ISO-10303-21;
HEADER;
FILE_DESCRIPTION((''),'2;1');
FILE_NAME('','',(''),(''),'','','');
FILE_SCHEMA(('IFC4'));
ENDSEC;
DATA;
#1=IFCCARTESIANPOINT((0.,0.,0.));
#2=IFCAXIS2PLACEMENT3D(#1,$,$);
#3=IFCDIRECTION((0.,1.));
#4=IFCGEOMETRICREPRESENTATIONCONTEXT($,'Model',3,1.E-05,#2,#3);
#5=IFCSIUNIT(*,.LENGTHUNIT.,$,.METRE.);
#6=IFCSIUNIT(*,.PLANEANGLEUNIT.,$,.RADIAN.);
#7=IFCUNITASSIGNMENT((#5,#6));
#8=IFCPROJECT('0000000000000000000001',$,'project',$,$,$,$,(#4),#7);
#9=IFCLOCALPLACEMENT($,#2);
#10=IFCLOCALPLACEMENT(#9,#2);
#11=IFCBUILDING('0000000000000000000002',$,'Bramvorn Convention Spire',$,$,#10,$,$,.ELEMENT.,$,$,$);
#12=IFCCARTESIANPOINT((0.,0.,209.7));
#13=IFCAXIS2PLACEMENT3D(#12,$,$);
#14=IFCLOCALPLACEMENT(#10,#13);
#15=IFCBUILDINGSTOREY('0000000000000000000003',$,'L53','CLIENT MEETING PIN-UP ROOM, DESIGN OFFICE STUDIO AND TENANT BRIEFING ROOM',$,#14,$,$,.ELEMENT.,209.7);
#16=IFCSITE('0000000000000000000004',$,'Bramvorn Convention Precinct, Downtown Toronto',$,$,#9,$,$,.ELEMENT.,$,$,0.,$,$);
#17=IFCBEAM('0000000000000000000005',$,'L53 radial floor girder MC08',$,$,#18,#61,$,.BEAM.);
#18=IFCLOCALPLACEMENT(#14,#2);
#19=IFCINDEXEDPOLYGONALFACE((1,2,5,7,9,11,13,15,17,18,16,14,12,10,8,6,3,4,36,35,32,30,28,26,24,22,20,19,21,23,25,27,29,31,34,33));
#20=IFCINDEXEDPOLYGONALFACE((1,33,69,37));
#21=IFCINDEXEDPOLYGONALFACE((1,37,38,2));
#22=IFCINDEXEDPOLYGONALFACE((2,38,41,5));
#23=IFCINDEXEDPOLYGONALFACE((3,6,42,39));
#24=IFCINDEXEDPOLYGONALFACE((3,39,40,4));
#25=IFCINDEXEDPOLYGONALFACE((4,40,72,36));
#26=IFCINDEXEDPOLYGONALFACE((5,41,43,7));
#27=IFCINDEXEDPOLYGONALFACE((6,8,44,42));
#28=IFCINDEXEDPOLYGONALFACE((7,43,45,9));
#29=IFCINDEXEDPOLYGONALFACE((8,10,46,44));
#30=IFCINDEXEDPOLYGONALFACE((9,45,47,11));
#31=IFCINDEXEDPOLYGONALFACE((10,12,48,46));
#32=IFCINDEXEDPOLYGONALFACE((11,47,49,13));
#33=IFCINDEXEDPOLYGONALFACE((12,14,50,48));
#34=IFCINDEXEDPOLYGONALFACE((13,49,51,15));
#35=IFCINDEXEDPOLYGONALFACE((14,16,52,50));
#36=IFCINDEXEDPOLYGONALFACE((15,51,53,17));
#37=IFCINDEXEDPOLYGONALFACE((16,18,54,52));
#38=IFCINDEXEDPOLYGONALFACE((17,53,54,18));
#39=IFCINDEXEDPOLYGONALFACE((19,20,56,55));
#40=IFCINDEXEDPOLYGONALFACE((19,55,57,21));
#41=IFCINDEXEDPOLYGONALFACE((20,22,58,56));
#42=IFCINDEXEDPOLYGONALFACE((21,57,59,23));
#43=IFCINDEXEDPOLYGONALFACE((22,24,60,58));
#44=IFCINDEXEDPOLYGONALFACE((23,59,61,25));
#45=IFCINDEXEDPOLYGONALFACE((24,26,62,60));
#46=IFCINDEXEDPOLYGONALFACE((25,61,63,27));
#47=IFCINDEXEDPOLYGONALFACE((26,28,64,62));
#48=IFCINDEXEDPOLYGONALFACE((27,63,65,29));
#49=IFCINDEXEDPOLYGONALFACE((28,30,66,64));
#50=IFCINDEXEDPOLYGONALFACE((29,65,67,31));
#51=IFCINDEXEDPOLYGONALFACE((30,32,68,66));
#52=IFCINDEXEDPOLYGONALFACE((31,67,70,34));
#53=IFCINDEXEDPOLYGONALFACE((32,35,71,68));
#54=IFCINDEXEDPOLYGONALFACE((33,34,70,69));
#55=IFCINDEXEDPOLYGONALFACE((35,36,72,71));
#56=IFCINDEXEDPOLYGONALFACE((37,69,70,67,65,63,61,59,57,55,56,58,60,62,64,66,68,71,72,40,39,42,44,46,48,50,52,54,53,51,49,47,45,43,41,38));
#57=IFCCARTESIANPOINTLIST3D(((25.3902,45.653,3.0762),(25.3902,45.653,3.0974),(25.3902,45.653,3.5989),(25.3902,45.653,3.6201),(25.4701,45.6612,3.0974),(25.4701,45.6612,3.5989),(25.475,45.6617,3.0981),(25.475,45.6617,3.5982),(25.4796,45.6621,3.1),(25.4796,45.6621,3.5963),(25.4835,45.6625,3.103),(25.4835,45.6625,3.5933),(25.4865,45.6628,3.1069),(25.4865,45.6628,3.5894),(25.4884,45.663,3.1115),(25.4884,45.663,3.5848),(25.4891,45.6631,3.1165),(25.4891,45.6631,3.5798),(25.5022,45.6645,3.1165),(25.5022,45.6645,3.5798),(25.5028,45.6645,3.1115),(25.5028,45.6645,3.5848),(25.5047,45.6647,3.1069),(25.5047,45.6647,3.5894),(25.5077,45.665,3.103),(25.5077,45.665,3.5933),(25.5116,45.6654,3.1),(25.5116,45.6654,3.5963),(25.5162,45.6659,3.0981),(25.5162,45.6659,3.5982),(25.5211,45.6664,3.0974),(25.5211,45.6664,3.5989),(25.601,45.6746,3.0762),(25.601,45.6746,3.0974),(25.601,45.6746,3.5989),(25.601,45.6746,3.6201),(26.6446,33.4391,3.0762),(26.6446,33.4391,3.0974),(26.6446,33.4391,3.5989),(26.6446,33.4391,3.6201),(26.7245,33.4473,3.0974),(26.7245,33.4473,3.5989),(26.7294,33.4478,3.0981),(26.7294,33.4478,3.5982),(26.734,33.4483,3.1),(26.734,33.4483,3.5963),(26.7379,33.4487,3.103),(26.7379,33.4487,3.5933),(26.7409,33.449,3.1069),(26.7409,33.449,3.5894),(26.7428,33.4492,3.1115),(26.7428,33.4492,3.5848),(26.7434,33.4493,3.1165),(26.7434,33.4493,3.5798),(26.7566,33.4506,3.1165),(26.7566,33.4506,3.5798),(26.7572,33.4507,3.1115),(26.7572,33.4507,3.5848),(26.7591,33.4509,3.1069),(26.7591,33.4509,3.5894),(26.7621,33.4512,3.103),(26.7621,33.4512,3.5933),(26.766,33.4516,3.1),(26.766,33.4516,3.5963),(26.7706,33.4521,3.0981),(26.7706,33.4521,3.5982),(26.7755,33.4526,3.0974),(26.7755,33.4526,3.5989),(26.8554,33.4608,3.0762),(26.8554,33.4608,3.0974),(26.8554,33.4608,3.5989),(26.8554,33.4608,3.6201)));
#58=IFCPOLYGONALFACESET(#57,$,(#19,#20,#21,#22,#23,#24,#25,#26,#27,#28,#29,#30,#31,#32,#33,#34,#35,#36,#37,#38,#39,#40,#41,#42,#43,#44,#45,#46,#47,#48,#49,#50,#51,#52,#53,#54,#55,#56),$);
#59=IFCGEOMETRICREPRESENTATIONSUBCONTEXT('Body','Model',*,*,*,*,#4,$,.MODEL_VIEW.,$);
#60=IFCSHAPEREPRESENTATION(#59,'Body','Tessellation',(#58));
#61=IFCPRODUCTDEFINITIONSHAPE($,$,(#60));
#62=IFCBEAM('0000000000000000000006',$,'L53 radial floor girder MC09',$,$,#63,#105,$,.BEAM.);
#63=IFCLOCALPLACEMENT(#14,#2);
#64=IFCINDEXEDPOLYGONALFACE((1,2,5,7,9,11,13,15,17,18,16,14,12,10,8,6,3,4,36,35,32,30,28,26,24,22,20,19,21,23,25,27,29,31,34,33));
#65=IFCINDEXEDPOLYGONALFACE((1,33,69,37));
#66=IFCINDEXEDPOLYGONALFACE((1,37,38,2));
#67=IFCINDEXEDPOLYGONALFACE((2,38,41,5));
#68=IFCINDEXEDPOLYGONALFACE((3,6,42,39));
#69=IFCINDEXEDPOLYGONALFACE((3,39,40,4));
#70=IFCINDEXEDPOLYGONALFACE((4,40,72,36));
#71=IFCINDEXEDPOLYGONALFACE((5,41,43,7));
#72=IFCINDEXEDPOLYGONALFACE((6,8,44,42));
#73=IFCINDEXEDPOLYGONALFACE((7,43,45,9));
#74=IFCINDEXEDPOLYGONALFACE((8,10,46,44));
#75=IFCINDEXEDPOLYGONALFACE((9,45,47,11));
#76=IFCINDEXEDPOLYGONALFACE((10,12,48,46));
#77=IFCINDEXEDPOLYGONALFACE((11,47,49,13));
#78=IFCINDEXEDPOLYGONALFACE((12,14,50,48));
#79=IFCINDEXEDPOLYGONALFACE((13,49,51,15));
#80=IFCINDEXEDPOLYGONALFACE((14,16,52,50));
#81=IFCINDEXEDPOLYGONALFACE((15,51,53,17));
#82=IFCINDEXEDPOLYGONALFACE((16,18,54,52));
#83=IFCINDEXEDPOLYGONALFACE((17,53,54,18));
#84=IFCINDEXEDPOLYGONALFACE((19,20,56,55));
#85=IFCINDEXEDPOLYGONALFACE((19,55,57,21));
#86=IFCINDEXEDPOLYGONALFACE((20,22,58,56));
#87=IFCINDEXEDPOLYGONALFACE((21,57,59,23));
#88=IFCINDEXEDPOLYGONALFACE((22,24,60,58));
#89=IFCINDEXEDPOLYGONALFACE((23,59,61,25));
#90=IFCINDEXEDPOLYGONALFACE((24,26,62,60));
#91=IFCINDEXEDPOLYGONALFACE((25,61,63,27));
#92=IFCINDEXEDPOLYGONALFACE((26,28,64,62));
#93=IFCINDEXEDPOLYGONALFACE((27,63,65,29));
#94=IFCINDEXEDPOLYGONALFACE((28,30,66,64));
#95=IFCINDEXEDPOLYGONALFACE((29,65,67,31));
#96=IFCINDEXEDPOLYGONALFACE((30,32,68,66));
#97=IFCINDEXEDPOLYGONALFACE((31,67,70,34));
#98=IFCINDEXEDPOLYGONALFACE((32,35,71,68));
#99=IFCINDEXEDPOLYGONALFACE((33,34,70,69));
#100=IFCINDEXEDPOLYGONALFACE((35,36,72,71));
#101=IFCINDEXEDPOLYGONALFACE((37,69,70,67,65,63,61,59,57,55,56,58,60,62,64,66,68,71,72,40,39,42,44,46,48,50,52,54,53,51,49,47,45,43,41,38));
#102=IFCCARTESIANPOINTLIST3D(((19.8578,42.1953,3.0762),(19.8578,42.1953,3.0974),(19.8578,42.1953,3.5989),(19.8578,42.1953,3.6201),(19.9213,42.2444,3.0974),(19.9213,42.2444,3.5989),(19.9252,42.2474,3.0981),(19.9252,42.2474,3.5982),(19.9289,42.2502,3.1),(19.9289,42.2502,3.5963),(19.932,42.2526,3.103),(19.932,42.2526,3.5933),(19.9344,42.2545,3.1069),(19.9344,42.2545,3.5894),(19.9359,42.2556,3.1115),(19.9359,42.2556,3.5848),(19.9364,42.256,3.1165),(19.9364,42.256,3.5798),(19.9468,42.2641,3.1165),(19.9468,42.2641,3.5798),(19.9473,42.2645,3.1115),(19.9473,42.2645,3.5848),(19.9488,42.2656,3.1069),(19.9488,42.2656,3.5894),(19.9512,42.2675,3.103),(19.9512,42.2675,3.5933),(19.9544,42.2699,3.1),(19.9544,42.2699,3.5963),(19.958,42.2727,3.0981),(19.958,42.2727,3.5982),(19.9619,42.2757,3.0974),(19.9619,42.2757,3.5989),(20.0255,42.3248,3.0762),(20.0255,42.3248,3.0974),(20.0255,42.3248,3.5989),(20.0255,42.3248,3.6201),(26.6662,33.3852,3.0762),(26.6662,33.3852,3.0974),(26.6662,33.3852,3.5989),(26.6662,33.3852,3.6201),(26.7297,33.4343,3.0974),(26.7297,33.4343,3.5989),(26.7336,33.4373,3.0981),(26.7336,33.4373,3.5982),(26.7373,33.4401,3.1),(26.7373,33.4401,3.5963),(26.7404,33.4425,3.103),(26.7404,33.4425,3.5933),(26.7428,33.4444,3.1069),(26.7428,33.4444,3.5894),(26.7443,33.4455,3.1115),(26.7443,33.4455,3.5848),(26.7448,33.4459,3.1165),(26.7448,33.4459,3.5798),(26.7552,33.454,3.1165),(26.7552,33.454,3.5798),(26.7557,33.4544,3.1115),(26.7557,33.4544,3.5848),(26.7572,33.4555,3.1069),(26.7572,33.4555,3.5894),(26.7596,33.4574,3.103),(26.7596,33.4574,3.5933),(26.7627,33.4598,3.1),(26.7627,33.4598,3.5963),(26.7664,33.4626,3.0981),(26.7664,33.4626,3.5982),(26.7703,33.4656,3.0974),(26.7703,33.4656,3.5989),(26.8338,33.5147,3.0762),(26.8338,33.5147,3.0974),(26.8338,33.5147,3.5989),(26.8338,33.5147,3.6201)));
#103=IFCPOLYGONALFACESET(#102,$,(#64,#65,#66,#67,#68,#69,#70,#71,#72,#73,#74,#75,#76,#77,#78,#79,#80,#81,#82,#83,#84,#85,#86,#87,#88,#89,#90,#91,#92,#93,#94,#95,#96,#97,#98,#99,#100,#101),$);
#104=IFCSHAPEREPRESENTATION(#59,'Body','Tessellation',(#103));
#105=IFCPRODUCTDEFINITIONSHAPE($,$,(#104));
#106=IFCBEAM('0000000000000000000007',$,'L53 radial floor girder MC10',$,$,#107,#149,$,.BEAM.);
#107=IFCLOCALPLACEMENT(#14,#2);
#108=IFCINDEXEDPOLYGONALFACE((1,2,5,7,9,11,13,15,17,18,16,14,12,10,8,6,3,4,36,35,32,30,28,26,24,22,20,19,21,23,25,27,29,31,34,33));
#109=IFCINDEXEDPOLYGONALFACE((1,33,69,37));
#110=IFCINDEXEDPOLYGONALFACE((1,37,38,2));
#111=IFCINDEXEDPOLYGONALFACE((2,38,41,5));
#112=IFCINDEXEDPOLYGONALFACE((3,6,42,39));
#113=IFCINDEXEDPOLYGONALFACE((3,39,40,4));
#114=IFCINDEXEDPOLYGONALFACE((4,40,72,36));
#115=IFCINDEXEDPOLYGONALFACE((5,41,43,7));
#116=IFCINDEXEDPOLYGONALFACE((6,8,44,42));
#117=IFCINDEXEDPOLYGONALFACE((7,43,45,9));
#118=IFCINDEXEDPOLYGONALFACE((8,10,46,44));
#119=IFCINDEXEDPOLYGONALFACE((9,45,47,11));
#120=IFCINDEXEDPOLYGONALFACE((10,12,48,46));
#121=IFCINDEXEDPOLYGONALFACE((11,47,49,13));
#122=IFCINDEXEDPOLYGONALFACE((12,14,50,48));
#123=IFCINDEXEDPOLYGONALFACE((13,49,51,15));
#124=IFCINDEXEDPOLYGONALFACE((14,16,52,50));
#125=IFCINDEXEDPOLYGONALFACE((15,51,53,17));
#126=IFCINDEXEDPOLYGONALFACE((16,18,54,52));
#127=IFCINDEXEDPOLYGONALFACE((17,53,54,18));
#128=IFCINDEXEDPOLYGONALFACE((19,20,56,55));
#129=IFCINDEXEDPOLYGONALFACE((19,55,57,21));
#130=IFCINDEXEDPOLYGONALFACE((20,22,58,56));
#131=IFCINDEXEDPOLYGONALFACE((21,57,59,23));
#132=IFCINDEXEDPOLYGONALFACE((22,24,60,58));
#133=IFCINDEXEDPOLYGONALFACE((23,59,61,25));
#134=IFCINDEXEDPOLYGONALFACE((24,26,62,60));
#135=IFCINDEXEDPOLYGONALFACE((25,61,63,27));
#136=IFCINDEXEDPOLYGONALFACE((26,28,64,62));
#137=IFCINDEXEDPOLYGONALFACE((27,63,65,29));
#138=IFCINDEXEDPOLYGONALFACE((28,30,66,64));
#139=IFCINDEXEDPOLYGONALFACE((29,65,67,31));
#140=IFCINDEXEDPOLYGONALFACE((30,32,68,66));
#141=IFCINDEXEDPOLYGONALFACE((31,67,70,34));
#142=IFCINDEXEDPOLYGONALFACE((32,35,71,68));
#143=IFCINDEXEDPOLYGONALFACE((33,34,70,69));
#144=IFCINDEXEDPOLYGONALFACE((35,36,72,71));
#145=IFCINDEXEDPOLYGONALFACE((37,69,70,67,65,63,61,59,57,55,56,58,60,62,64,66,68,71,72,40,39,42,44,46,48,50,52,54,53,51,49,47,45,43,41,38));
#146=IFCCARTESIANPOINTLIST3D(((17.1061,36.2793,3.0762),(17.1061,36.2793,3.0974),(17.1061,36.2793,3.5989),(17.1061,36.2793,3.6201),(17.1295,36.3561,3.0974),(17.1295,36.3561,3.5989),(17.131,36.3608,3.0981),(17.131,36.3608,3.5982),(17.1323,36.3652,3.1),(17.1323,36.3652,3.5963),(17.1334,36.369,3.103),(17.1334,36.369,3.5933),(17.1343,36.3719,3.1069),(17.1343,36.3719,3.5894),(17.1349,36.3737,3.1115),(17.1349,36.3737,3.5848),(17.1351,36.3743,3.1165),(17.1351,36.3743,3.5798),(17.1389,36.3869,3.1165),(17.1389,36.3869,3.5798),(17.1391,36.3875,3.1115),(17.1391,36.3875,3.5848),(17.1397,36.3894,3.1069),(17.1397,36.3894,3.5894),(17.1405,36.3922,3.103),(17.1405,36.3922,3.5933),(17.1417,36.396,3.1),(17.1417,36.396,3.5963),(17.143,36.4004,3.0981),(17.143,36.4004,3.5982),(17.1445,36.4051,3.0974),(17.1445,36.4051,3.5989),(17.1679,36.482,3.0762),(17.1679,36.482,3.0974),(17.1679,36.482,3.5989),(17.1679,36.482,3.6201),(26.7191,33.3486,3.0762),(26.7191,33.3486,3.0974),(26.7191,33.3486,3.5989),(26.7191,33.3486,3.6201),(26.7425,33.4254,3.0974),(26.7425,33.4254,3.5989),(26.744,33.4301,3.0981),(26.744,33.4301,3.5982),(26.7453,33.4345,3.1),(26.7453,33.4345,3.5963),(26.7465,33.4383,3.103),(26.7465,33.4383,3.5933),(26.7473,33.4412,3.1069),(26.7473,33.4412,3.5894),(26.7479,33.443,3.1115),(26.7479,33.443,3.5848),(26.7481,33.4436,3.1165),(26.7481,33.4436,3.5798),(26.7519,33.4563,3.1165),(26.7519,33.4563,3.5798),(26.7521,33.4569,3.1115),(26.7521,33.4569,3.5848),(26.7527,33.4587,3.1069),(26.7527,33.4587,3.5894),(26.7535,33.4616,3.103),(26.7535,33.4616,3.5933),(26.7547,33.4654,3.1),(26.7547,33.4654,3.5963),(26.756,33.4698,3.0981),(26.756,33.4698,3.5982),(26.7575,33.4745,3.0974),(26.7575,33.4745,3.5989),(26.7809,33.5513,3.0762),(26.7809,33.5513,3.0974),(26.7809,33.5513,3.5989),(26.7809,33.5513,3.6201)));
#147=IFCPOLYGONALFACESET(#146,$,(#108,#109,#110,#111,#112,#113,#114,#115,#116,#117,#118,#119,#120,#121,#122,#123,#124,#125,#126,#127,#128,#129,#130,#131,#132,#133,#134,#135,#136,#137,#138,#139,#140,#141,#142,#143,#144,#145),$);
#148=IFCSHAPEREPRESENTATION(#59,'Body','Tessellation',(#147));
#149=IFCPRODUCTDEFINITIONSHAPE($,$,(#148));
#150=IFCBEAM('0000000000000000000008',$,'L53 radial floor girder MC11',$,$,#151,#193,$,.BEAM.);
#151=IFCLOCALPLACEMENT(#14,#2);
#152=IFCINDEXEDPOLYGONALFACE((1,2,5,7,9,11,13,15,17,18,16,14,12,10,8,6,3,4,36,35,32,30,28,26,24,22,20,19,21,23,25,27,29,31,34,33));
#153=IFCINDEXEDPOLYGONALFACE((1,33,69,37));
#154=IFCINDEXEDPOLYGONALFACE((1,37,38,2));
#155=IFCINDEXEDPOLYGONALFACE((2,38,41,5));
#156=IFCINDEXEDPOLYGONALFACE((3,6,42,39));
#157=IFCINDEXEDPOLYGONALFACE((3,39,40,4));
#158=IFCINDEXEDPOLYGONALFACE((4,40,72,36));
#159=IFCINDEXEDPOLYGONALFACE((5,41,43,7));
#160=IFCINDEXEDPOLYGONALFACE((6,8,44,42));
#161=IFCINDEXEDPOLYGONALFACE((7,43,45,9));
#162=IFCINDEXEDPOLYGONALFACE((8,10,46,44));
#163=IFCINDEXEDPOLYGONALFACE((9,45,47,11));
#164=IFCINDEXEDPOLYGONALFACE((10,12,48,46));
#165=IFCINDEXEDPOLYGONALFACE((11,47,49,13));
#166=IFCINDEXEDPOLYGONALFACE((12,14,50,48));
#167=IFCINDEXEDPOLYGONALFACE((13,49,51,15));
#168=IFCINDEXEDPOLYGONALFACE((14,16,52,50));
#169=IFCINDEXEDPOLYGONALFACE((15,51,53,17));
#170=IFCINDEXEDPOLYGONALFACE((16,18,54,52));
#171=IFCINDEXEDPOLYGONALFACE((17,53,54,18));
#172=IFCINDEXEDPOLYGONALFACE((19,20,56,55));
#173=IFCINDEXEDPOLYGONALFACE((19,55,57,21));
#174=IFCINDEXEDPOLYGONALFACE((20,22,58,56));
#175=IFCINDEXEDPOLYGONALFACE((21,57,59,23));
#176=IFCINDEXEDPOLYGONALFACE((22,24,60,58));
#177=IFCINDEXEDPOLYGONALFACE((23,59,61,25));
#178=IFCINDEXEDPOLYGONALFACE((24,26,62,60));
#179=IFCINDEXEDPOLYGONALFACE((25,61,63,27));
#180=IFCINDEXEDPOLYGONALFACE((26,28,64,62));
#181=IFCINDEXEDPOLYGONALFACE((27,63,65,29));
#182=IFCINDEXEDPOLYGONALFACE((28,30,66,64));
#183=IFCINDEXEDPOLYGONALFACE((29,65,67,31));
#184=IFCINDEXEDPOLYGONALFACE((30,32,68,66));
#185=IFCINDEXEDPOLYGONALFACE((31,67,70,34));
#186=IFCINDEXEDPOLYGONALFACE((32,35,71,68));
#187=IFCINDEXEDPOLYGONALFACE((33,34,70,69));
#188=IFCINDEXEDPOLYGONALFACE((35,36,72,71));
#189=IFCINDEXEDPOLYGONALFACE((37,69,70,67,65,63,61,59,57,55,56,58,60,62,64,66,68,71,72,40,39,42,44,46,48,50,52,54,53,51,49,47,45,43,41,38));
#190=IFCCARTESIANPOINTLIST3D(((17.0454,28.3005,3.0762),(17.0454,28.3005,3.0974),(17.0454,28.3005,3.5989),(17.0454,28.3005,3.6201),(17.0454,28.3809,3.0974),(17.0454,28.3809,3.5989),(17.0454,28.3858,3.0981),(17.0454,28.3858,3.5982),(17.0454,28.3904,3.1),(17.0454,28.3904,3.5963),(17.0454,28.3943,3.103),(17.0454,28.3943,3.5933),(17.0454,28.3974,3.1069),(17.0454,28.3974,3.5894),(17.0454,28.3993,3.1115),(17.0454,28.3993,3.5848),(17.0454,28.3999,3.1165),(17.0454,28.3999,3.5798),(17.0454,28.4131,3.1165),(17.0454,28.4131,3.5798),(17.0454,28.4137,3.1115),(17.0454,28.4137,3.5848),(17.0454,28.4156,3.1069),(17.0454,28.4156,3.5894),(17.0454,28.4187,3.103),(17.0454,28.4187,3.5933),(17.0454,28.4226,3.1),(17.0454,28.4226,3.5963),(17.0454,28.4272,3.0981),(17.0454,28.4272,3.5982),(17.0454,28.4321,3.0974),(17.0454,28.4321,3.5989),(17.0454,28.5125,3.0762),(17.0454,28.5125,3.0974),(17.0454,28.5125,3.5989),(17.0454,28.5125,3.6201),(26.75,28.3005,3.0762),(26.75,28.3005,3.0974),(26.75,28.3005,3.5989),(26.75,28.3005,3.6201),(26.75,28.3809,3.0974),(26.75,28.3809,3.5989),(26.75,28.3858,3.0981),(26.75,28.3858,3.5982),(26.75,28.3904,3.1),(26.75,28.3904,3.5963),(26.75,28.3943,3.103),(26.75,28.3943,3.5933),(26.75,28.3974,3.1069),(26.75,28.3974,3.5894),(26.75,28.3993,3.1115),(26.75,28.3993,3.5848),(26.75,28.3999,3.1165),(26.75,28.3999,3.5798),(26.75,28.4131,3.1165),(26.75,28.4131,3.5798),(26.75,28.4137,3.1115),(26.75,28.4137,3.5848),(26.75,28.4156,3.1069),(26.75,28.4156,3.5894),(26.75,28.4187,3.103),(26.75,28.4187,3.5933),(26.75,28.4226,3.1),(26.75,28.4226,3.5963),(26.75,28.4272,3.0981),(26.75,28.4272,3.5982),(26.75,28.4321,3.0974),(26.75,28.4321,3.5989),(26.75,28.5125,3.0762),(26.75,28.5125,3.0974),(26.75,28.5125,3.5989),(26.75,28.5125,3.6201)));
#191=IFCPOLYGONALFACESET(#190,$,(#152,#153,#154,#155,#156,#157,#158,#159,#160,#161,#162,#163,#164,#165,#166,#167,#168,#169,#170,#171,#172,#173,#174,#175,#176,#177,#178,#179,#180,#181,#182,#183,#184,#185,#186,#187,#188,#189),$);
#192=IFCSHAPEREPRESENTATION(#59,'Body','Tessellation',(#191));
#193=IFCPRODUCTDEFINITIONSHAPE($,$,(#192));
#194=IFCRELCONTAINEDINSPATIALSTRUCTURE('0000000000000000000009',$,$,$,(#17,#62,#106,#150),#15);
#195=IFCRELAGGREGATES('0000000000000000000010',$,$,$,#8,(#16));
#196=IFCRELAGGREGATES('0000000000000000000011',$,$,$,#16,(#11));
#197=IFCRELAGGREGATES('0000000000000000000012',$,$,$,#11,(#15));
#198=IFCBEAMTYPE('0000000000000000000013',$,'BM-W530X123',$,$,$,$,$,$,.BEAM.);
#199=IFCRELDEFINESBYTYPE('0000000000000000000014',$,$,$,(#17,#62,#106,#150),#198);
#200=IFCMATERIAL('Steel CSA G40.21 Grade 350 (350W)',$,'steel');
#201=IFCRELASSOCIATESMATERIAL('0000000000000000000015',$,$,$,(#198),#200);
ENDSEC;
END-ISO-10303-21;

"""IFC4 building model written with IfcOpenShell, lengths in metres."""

from ifc_helpers import new_model, si_unit, direction, frame, origin, origin_2d, place, context, subcontext, project, spatial, i_section, extrude, material, material_profile, profile_set, type_object, element, save


model = new_model("IFC4")

# Units and contexts
model_context = context("Model", 3, precision=1e-05, world=origin(), true_north=direction((0.0, 1.0)))
body_context = subcontext(model_context, "Body", "Model", "MODEL_VIEW")
ifc_project = project(units=[si_unit("LENGTHUNIT", "METRE"), si_unit("PLANEANGLEUNIT", "RADIAN")], contexts=[model_context])

# Site, building, storey
site_placement = place(None, origin())
site = spatial("IfcSite", under=ifc_project, at=site_placement, Name="Bramvorn Convention Precinct, Downtown Toronto", CompositionType="ELEMENT", RefElevation=0.0)
building_placement = place(site_placement, origin())
building = spatial("IfcBuilding", under=site, at=building_placement, Name="Bramvorn Convention Spire", CompositionType="ELEMENT")
storey_placement = place(building_placement, frame((0.0, 0.0, 209.7)))
storey = spatial("IfcBuildingStorey", under=building, at=storey_placement, Name="L53", Description="CLIENT MEETING PIN-UP ROOM, DESIGN OFFICE STUDIO AND TENANT BRIEFING ROOM", CompositionType="ELEMENT", Elevation=209.7)

# Shared definitions
ifc_material_1 = material(Name="Steel CSA G40.21 Grade 350 (350W)", Category="steel")

# Beams
ifc_material_profile_1 = material_profile(ifc_material_1, i_section(OverallWidth=0.2119, OverallDepth=0.5439, WebThickness=0.0132, FlangeThickness=0.0212, FilletRadius=0.019, at=origin_2d()))
ifc_profile_set_1 = profile_set([ifc_material_profile_1], Name="Steel CSA G40.21 Grade 350 (350W) - W530X123")
beam_type_1 = type_object("IfcBeamType", Name="BM-W530X123", PredefinedType="BEAM", material=ifc_profile_set_1)
beam_1_placement = place(storey_placement, frame((26.75, 33.45, 3.3481), z_axis=(-0.102165, 0.994767, 0.0), x_axis=(-0.994767, -0.102165, 0.0)))
element("IfcBeam", 1, at=beam_1_placement, inside=storey, type_object=beam_type_1, Name="L53 radial floor girder MC08", PredefinedType="BEAM", context=body_context, shape_type="SweptSolid", body=[
    extrude(i_section(OverallWidth=0.2119, OverallDepth=0.5439, WebThickness=0.0132, FlangeThickness=0.0212, FilletRadius=0.019, at=origin_2d()), origin(), (0.0, 0.0, 1.0), 12.2781),
])
beam_2_placement = place(storey_placement, frame((26.75, 33.45, 3.3481), z_axis=(-0.61148, 0.79126, 0.0), x_axis=(-0.79126, -0.61148, 0.0)))
element("IfcBeam", 2, at=beam_2_placement, inside=storey, type_object=beam_type_1, Name="L53 radial floor girder MC09", PredefinedType="BEAM", context=body_context, shape_type="SweptSolid", body=[
    extrude(i_section(OverallWidth=0.2119, OverallDepth=0.5439, WebThickness=0.0132, FlangeThickness=0.0212, FilletRadius=0.019, at=origin_2d()), origin(), (0.0, 0.0, 1.0), 11.1343),
])
beam_3_placement = place(storey_placement, frame((26.75, 33.45, 3.3481), z_axis=(-0.956536, 0.291613, 0.0), x_axis=(-0.291613, -0.956536, 0.0)))
element("IfcBeam", 3, at=beam_3_placement, inside=storey, type_object=beam_type_1, Name="L53 radial floor girder MC10", PredefinedType="BEAM", context=body_context, shape_type="SweptSolid", body=[
    extrude(i_section(OverallWidth=0.2119, OverallDepth=0.5439, WebThickness=0.0132, FlangeThickness=0.0212, FilletRadius=0.019, at=origin_2d()), origin(), (0.0, 0.0, 1.0), 10.0498),
])
beam_4_placement = place(storey_placement, frame((26.75, 28.4065, 3.3481), z_axis=(-1.0, 0.0, 0.0), x_axis=(0.0, -1.0, 0.0)))
element("IfcBeam", 4, at=beam_4_placement, inside=storey, type_object=beam_type_1, Name="L53 radial floor girder MC11", PredefinedType="BEAM", context=body_context, shape_type="SweptSolid", body=[
    extrude(i_section(OverallWidth=0.2119, OverallDepth=0.5439, WebThickness=0.0132, FlangeThickness=0.0212, FilletRadius=0.019, at=origin_2d()), origin(), (0.0, 0.0, 1.0), 9.7046),
])

save(model, "model.ifc")
